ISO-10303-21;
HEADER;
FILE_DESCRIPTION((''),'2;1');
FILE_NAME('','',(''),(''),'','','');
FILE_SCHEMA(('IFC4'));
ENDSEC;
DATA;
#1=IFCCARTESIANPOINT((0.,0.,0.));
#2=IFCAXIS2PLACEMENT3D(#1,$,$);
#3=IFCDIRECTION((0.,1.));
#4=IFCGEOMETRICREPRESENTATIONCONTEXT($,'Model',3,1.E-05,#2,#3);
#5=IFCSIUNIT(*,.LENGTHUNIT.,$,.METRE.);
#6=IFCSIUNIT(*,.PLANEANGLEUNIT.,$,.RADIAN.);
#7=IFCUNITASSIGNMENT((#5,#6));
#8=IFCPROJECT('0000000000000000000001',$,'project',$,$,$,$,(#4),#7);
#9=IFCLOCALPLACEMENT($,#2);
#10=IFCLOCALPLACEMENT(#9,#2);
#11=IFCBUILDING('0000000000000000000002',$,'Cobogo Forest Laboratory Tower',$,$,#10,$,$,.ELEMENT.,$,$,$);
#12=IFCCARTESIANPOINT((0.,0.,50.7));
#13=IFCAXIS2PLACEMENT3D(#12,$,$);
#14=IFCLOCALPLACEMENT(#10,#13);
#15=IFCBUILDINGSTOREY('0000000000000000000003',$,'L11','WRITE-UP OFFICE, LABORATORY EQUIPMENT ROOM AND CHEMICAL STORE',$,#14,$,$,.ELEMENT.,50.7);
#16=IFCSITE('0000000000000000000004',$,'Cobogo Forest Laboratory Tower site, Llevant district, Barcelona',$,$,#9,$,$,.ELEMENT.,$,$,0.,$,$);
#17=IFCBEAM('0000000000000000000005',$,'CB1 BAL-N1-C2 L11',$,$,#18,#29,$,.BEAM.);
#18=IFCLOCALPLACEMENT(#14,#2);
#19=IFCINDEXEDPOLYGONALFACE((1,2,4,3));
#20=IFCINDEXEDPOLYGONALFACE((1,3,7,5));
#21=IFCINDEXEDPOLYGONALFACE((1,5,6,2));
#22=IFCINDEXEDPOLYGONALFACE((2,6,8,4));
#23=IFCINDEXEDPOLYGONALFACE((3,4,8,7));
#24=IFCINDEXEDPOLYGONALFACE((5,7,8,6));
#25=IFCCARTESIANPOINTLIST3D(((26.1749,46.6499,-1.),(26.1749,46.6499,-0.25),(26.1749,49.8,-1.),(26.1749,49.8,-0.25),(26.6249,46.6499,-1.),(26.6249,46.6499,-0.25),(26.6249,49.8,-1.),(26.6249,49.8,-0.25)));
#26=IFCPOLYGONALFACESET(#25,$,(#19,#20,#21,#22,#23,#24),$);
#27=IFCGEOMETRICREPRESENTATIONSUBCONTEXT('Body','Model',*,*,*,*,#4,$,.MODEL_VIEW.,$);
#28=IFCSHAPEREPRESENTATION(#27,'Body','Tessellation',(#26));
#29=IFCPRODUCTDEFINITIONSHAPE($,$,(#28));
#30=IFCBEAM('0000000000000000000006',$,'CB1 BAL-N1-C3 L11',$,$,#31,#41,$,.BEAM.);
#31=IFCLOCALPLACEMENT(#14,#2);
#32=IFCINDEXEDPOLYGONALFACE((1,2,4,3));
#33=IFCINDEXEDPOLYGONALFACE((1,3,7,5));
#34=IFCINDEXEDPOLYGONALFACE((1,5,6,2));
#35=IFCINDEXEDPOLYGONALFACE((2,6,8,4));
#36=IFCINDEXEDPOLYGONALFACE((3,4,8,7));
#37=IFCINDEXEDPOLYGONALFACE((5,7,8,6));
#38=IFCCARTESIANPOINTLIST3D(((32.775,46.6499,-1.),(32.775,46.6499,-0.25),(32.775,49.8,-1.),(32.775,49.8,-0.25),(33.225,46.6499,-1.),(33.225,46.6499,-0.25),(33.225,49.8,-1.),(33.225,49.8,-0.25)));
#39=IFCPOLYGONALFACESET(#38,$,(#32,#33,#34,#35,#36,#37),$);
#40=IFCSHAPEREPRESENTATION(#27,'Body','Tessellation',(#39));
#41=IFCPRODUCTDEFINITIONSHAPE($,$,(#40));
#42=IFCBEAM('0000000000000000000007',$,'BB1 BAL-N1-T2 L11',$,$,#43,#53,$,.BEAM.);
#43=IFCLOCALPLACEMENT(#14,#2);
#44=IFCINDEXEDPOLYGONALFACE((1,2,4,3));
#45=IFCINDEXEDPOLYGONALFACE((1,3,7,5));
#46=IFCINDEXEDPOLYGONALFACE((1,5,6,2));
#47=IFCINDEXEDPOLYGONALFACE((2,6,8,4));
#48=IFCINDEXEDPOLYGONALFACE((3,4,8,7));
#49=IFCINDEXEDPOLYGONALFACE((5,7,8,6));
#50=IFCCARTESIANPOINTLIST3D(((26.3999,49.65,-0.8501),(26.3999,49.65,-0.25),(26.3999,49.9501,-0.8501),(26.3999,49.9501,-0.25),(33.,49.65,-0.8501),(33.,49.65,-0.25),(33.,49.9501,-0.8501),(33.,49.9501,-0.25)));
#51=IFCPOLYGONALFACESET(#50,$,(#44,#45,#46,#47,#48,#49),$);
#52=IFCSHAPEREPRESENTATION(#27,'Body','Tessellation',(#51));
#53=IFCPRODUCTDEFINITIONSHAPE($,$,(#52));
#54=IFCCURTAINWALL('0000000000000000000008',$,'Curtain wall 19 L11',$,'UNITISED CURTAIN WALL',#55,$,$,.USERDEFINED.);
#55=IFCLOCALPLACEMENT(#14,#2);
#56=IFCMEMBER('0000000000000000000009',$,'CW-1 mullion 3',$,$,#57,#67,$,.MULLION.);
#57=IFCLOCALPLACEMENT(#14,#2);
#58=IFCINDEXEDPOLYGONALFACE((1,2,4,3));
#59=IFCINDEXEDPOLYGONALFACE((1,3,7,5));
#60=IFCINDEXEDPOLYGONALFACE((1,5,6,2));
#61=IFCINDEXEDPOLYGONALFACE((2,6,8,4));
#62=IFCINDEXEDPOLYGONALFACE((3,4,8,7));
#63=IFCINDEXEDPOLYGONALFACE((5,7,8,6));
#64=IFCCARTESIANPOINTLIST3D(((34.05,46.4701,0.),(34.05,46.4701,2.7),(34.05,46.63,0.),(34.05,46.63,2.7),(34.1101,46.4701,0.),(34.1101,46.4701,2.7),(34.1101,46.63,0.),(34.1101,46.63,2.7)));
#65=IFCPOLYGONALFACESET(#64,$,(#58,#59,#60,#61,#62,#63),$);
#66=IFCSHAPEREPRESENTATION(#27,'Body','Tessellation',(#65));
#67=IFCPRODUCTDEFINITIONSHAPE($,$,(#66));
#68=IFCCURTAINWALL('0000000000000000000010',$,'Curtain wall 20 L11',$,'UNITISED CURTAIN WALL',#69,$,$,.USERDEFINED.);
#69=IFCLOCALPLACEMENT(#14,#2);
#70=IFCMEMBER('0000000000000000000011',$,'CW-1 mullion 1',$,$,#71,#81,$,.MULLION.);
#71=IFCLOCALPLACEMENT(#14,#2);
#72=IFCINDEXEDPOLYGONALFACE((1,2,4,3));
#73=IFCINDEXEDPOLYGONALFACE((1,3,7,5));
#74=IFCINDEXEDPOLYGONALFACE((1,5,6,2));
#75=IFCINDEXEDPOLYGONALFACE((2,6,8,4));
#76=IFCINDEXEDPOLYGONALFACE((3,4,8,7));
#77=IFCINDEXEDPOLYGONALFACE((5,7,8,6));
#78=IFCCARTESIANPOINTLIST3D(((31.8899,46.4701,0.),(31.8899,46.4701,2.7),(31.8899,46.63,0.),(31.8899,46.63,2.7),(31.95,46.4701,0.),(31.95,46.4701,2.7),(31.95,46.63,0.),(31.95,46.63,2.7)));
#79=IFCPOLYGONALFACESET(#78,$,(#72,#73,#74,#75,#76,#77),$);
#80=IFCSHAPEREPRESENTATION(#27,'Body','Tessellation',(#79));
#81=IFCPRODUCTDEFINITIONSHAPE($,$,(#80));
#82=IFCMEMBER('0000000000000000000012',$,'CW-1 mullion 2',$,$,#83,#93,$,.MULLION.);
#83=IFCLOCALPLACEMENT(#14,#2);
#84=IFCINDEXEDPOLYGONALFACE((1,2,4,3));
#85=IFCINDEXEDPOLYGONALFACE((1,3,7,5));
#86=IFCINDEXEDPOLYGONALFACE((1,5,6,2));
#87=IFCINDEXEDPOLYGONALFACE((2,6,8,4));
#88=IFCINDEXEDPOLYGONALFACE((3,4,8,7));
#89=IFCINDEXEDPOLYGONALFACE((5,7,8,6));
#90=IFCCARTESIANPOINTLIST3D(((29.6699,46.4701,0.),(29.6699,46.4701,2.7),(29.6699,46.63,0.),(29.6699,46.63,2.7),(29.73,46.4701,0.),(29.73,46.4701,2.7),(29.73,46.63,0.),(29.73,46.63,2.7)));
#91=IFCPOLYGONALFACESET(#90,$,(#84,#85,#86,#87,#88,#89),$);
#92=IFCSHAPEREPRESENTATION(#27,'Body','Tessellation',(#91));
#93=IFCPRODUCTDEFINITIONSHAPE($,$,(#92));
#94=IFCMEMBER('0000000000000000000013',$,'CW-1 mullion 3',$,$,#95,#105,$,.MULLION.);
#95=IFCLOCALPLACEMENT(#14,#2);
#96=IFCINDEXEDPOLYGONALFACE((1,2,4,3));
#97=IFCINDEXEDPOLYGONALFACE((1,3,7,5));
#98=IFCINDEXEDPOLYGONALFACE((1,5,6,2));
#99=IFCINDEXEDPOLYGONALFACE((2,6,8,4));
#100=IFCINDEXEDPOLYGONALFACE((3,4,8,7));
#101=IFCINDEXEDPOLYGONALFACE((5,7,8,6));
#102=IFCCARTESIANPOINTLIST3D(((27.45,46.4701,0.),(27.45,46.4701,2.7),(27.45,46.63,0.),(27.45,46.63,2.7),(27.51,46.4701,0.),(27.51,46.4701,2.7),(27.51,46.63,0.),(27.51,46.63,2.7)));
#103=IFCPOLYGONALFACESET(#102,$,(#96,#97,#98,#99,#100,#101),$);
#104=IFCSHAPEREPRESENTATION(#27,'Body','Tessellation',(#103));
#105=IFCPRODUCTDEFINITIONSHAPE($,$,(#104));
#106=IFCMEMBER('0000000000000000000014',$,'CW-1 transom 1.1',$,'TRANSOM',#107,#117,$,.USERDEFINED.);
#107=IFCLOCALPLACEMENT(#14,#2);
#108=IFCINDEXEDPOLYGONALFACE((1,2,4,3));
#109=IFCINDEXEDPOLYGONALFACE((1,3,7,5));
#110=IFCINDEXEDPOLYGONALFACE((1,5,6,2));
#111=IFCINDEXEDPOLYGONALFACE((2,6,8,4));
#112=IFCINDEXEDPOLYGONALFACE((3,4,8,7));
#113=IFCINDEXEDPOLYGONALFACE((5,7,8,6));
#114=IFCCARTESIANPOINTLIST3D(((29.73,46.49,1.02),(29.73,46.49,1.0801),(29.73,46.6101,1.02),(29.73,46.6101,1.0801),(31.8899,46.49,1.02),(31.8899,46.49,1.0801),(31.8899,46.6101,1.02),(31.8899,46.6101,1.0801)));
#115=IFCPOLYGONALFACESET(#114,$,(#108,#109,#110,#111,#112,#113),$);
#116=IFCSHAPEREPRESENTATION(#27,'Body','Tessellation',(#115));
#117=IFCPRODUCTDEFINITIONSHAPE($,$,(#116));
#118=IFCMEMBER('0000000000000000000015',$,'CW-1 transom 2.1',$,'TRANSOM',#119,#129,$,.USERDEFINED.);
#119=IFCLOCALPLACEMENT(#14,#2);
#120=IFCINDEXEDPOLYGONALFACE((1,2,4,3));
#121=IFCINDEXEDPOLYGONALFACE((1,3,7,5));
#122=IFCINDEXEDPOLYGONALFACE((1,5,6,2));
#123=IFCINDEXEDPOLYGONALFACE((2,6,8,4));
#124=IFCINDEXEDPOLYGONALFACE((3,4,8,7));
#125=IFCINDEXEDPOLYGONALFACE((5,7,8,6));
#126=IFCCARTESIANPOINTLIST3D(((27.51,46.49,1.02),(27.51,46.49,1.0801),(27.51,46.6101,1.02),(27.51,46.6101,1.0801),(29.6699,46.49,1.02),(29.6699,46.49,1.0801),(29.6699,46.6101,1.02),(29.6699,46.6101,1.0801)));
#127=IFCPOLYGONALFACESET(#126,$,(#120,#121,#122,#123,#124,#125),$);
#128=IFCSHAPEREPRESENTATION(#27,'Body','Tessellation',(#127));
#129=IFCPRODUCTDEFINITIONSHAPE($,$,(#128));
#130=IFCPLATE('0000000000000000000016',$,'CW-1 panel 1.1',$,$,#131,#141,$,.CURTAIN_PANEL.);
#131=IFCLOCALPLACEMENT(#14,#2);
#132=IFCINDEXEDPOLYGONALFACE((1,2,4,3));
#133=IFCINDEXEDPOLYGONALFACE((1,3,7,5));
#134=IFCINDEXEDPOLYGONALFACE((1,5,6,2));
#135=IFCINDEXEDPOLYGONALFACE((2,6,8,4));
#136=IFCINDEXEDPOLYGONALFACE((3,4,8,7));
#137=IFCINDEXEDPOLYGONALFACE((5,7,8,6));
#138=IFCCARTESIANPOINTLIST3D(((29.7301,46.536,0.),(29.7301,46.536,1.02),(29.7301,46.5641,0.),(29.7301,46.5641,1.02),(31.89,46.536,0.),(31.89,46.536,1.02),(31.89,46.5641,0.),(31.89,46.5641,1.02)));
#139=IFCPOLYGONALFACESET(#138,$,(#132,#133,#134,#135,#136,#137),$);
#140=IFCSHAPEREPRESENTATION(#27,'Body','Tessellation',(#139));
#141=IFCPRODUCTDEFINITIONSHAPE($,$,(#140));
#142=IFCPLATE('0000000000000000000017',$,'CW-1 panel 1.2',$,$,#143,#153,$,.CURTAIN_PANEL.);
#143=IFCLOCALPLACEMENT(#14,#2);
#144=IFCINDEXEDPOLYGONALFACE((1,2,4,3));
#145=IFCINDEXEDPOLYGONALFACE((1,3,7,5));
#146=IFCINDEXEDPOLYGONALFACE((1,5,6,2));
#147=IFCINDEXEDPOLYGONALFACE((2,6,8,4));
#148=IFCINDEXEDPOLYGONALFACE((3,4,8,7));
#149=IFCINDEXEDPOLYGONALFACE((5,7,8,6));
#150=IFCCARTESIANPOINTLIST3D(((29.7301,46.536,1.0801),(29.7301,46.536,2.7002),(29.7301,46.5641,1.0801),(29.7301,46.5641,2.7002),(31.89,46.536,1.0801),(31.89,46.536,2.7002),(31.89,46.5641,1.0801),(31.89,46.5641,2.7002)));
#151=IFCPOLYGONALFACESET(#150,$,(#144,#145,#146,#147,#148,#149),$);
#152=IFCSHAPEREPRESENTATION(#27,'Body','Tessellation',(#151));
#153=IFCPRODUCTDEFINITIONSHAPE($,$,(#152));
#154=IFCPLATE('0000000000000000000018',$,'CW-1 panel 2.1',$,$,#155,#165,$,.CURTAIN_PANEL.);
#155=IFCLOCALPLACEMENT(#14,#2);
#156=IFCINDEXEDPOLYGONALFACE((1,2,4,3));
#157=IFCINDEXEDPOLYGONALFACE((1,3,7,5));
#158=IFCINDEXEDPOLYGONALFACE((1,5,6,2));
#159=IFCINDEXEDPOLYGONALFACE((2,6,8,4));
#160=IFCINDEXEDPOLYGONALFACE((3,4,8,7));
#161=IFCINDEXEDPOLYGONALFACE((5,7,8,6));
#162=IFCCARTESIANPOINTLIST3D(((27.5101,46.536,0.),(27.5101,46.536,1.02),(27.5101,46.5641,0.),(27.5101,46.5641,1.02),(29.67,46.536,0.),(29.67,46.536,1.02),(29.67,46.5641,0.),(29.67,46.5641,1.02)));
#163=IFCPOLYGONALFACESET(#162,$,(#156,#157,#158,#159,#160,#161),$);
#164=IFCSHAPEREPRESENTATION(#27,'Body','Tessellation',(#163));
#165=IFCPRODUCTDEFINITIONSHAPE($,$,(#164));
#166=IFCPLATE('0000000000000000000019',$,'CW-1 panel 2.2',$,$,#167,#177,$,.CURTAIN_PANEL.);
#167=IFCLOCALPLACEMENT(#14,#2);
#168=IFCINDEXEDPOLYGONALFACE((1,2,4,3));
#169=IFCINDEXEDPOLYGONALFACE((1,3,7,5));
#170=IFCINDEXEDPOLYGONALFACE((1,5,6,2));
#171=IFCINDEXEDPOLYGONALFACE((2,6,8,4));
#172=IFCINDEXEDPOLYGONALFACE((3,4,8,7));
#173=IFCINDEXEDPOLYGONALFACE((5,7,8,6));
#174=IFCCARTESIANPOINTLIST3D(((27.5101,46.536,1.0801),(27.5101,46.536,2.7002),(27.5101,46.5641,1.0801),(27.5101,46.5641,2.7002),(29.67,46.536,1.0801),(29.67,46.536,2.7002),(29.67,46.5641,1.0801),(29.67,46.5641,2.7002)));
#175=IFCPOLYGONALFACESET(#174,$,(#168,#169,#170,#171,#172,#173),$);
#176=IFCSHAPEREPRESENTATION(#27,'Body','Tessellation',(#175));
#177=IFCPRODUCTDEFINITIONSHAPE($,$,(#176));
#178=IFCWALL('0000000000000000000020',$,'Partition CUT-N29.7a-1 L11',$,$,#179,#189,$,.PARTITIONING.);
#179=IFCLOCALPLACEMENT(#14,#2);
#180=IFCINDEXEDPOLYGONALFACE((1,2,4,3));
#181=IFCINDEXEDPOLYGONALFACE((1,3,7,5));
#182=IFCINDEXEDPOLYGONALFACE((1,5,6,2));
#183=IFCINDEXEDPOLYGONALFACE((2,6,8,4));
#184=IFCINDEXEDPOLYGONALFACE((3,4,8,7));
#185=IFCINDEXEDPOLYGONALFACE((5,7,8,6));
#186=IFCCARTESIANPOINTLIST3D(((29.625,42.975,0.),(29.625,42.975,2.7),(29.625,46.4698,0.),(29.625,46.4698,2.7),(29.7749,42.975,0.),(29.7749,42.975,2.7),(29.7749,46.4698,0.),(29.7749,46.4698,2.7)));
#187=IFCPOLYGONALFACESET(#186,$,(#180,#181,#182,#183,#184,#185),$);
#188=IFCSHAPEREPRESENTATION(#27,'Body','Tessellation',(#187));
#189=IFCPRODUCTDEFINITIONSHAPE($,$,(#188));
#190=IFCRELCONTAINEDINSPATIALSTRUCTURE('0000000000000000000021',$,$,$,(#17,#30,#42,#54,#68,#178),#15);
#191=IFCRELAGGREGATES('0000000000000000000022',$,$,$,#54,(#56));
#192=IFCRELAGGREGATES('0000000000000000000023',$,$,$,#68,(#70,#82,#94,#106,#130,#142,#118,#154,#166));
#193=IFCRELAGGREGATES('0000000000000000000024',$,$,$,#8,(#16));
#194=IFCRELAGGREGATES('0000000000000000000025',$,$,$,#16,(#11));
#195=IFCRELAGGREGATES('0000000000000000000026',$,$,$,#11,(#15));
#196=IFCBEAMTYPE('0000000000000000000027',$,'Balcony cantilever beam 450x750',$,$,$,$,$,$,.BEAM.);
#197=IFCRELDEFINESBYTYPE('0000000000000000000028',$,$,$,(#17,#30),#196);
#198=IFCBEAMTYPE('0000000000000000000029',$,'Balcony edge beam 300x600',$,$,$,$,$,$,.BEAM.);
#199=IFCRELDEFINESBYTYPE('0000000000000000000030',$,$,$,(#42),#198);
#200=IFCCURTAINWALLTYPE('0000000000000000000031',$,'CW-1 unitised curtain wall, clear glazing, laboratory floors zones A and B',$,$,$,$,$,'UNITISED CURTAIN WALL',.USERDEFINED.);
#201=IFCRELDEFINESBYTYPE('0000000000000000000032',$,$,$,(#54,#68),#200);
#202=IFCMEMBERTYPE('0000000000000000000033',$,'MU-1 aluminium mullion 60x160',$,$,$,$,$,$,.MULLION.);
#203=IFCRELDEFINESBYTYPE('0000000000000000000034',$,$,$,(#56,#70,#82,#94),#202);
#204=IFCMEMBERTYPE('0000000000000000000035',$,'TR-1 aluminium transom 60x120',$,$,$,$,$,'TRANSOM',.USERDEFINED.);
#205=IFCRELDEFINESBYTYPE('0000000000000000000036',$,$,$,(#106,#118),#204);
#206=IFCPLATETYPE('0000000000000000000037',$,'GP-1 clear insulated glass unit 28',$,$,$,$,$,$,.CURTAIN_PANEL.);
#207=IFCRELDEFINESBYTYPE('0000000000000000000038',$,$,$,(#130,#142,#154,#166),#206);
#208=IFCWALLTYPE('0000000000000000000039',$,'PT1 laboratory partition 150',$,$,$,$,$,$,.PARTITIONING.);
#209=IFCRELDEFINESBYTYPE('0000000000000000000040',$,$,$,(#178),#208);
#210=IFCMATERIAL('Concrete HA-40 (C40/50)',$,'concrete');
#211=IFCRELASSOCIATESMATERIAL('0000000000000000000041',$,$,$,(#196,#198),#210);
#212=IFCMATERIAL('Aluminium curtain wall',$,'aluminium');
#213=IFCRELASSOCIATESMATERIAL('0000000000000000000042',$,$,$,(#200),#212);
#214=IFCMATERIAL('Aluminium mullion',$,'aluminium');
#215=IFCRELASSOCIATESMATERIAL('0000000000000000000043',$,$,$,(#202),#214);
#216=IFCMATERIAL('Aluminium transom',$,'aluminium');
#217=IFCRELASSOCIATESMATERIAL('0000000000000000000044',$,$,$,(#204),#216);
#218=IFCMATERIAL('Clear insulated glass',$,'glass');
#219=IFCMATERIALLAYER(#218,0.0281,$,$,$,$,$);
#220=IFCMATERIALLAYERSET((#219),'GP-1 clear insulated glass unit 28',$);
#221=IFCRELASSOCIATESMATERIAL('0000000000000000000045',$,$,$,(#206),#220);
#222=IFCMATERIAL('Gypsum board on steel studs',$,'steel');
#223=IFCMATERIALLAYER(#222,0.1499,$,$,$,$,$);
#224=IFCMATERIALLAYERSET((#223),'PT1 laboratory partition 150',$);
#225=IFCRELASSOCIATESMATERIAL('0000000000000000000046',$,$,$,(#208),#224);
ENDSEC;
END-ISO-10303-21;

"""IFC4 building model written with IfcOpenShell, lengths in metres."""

from ifc_helpers import new_model, si_unit, direction, frame, frame_2d, origin, origin_2d, place, context, subcontext, project, spatial, rectangle, extrude, material, layer, layer_set, material_profile, profile_set, type_object, element, aggregate, save


model = new_model("IFC4")

# Units and contexts
model_context = context("Model", 3, precision=1e-05, world=origin(), true_north=direction((0.0, 1.0)))
body_context = subcontext(model_context, "Body", "Model", "MODEL_VIEW")
ifc_project = project(units=[si_unit("LENGTHUNIT", "METRE"), si_unit("PLANEANGLEUNIT", "RADIAN")], contexts=[model_context])

# Site, building, storey
site_placement = place(None, origin())
site = spatial("IfcSite", under=ifc_project, at=site_placement, Name="Cobogo Forest Laboratory Tower site, Llevant district, Barcelona", CompositionType="ELEMENT", RefElevation=0.0)
building_placement = place(site_placement, origin())
building = spatial("IfcBuilding", under=site, at=building_placement, Name="Cobogo Forest Laboratory Tower", CompositionType="ELEMENT")
storey_placement = place(building_placement, frame((0.0, 0.0, 50.7)))
storey = spatial("IfcBuildingStorey", under=building, at=storey_placement, Name="L11", Description="WRITE-UP OFFICE, LABORATORY EQUIPMENT ROOM AND CHEMICAL STORE", CompositionType="ELEMENT", Elevation=50.7)

# Beams
ifc_material_1 = material(Name="Concrete HA-40 (C40/50)", Category="concrete")
ifc_material_profile_1 = material_profile(ifc_material_1, rectangle(XDim=0.45, YDim=0.75, at=origin_2d()), Name="RC 450x750")
ifc_profile_set_1 = profile_set([ifc_material_profile_1], Name="Concrete HA-40 (C40/50)")
beam_type_1 = type_object("IfcBeamType", Name="Balcony cantilever beam 450x750", PredefinedType="BEAM", material=ifc_profile_set_1)
for number, where, z_axis, x_axis, name in (
    (1, (26.3999, 46.6499, -0.625), (0.0, 1.0, 0.0), (-1.0, 0.0, 0.0), "CB1 BAL-N1-C2 L11"),
    (2, (33.0, 46.6499, -0.625), (0.0, 1.0, 0.0), (-1.0, 0.0, 0.0), "CB1 BAL-N1-C3 L11"),
):
    element("IfcBeam", number, at=place(storey_placement, frame(where, z_axis=z_axis, x_axis=x_axis)), inside=storey, type_object=beam_type_1, Name=name, PredefinedType="BEAM", context=body_context, shape_type="SweptSolid", body=[
        extrude(rectangle(XDim=0.45, YDim=0.75, at=origin_2d()), origin(), (0.0, 0.0, 1.0), 3.1501),
    ])
ifc_material_profile_2 = material_profile(ifc_material_1, rectangle(XDim=0.3, YDim=0.6001, at=origin_2d()), Name="RC 300x600")
ifc_profile_set_2 = profile_set([ifc_material_profile_2], Name="Concrete HA-40 (C40/50)")
beam_type_2 = type_object("IfcBeamType", Name="Balcony edge beam 300x600", PredefinedType="BEAM", material=ifc_profile_set_2)
beam_placement = place(storey_placement, frame((26.3999, 49.8, -0.55), z_axis=(1.0, 0.0, 0.0), x_axis=(0.0, 1.0, 0.0)))
element("IfcBeam", 3, at=beam_placement, inside=storey, type_object=beam_type_2, Name="BB1 BAL-N1-T2 L11", PredefinedType="BEAM", context=body_context, shape_type="SweptSolid", body=[
    extrude(rectangle(XDim=0.3, YDim=0.6001, at=origin_2d()), origin(), (0.0, 0.0, 1.0), 6.6001),
])

# Curtain wall, member
ifc_material_2 = material(Name="Aluminium curtain wall", Category="aluminium")
curtain_wall_type = type_object("IfcCurtainWallType", Name="CW-1 unitised curtain wall, clear glazing, laboratory floors zones A and B", ElementType="UNITISED CURTAIN WALL", PredefinedType="USERDEFINED", material=ifc_material_2)
curtain_wall_1_placement = place(storey_placement, origin())
curtain_wall_1 = element("IfcCurtainWall", 4, at=curtain_wall_1_placement, inside=storey, type_object=curtain_wall_type, Name="Curtain wall 19 L11", ObjectType="UNITISED CURTAIN WALL", PredefinedType="USERDEFINED")
ifc_material_3 = material(Name="Aluminium mullion", Category="aluminium")
ifc_material_profile_3 = material_profile(ifc_material_3, rectangle(XDim=0.0601, YDim=0.1599, at=origin_2d()), Name="AL 60x160")
ifc_profile_set_3 = profile_set([ifc_material_profile_3], Name="Aluminium mullion")
member_type_1 = type_object("IfcMemberType", Name="MU-1 aluminium mullion 60x160", PredefinedType="MULLION", material=ifc_profile_set_3)
member_1_placement = place(storey_placement, frame((34.0801, 46.55, 0.0), z_axis=(0.0, 0.0, 1.0), x_axis=(-1.0, 0.0, 0.0)))
member_1 = element("IfcMember", 5, at=member_1_placement, type_object=member_type_1, Name="CW-1 mullion 3", PredefinedType="MULLION", context=body_context, shape_type="SweptSolid", body=[
    extrude(rectangle(XDim=0.0601, YDim=0.1599, at=origin_2d()), origin(), (0.0, 0.0, 1.0), 2.7),
])
aggregate(curtain_wall_1, [member_1])

# Curtain wall, members, plates
curtain_wall_2_placement = place(storey_placement, origin())
curtain_wall_2 = element("IfcCurtainWall", 6, at=curtain_wall_2_placement, inside=storey, type_object=curtain_wall_type, Name="Curtain wall 20 L11", ObjectType="UNITISED CURTAIN WALL", PredefinedType="USERDEFINED")
member_2_placement = place(storey_placement, frame((31.9199, 46.55, 0.0), z_axis=(0.0, 0.0, 1.0), x_axis=(-1.0, 0.0, 0.0)))
member_2 = element("IfcMember", 7, at=member_2_placement, type_object=member_type_1, Name="CW-1 mullion 1", PredefinedType="MULLION", context=body_context, shape_type="SweptSolid", body=[
    extrude(rectangle(XDim=0.0601, YDim=0.1599, at=origin_2d()), origin(), (0.0, 0.0, 1.0), 2.7),
])
member_3_placement = place(storey_placement, frame((29.7, 46.55, 0.0), z_axis=(0.0, 0.0, 1.0), x_axis=(-1.0, 0.0, 0.0)))
member_3 = element("IfcMember", 8, at=member_3_placement, type_object=member_type_1, Name="CW-1 mullion 2", PredefinedType="MULLION", context=body_context, shape_type="SweptSolid", body=[
    extrude(rectangle(XDim=0.0601, YDim=0.1599, at=origin_2d()), origin(), (0.0, 0.0, 1.0), 2.7),
])
member_4_placement = place(storey_placement, frame((27.48, 46.55, 0.0), z_axis=(0.0, 0.0, 1.0), x_axis=(-1.0, 0.0, 0.0)))
member_4 = element("IfcMember", 9, at=member_4_placement, type_object=member_type_1, Name="CW-1 mullion 3", PredefinedType="MULLION", context=body_context, shape_type="SweptSolid", body=[
    extrude(rectangle(XDim=0.0601, YDim=0.1599, at=origin_2d()), origin(), (0.0, 0.0, 1.0), 2.7),
])
ifc_material_4 = material(Name="Aluminium transom", Category="aluminium")
ifc_material_profile_4 = material_profile(ifc_material_4, rectangle(XDim=0.1201, YDim=0.0601, at=origin_2d()), Name="AL 60x120")
ifc_profile_set_4 = profile_set([ifc_material_profile_4], Name="Aluminium transom")
member_type_2 = type_object("IfcMemberType", Name="TR-1 aluminium transom 60x120", ElementType="TRANSOM", PredefinedType="USERDEFINED", material=ifc_profile_set_4)
member_5_placement = place(storey_placement, frame((31.8899, 46.55, 1.05), z_axis=(-1.0, 0.0, 0.0), x_axis=(0.0, -1.0, 0.0)))
member_5 = element("IfcMember", 10, at=member_5_placement, type_object=member_type_2, Name="CW-1 transom 1.1", ObjectType="TRANSOM", PredefinedType="USERDEFINED", context=body_context, shape_type="SweptSolid", body=[
    extrude(rectangle(XDim=0.1201, YDim=0.0601, at=origin_2d()), origin(), (0.0, 0.0, 1.0), 2.1599),
])
member_6_placement = place(storey_placement, frame((29.6699, 46.55, 1.05), z_axis=(-1.0, 0.0, 0.0), x_axis=(0.0, -1.0, 0.0)))
member_6 = element("IfcMember", 11, at=member_6_placement, type_object=member_type_2, Name="CW-1 transom 2.1", ObjectType="TRANSOM", PredefinedType="USERDEFINED", context=body_context, shape_type="SweptSolid", body=[
    extrude(rectangle(XDim=0.1201, YDim=0.0601, at=origin_2d()), origin(), (0.0, 0.0, 1.0), 2.1599),
])
ifc_material_5 = material(Name="Clear insulated glass", Category="glass")
ifc_layer_1 = layer(ifc_material_5, 0.0281)
ifc_layer_set_1 = layer_set([ifc_layer_1], Name="GP-1 clear insulated glass unit 28")
plate_type = type_object("IfcPlateType", Name="GP-1 clear insulated glass unit 28", PredefinedType="CURTAIN_PANEL", material=ifc_layer_set_1)
plate_1_placement = place(storey_placement, frame((30.8101, 46.55, 0.0), z_axis=(0.0, 0.0, 1.0), x_axis=(-1.0, 0.0, 0.0)))
plate_1 = element("IfcPlate", 12, at=plate_1_placement, type_object=plate_type, Name="CW-1 panel 1.1", PredefinedType="CURTAIN_PANEL", context=body_context, shape_type="SweptSolid", body=[
    extrude(rectangle(XDim=2.1599, YDim=0.0281, at=origin_2d()), origin(), (0.0, 0.0, 1.0), 1.02),
])
plate_2_placement = place(storey_placement, frame((30.8101, 46.55, 1.0801), z_axis=(0.0, 0.0, 1.0), x_axis=(-1.0, 0.0, 0.0)))
plate_2 = element("IfcPlate", 13, at=plate_2_placement, type_object=plate_type, Name="CW-1 panel 1.2", PredefinedType="CURTAIN_PANEL", context=body_context, shape_type="SweptSolid", body=[
    extrude(rectangle(XDim=2.1599, YDim=0.0281, at=origin_2d()), origin(), (0.0, 0.0, 1.0), 1.6201),
])
plate_3_placement = place(storey_placement, frame((28.5901, 46.55, 0.0), z_axis=(0.0, 0.0, 1.0), x_axis=(-1.0, 0.0, 0.0)))
plate_3 = element("IfcPlate", 14, at=plate_3_placement, type_object=plate_type, Name="CW-1 panel 2.1", PredefinedType="CURTAIN_PANEL", context=body_context, shape_type="SweptSolid", body=[
    extrude(rectangle(XDim=2.1599, YDim=0.0281, at=origin_2d()), origin(), (0.0, 0.0, 1.0), 1.02),
])
plate_4_placement = place(storey_placement, frame((28.5901, 46.55, 1.0801), z_axis=(0.0, 0.0, 1.0), x_axis=(-1.0, 0.0, 0.0)))
plate_4 = element("IfcPlate", 15, at=plate_4_placement, type_object=plate_type, Name="CW-1 panel 2.2", PredefinedType="CURTAIN_PANEL", context=body_context, shape_type="SweptSolid", body=[
    extrude(rectangle(XDim=2.1599, YDim=0.0281, at=origin_2d()), origin(), (0.0, 0.0, 1.0), 1.6201),
])
aggregate(curtain_wall_2, [member_2, member_3, member_4, member_5, plate_1, plate_2, member_6, plate_3, plate_4])

# Wall
ifc_material_6 = material(Name="Gypsum board on steel studs", Category="steel")
ifc_layer_2 = layer(ifc_material_6, 0.1499)
ifc_layer_set_2 = layer_set([ifc_layer_2], Name="PT1 laboratory partition 150")
wall_type_1 = type_object("IfcWallType", Name="PT1 laboratory partition 150", PredefinedType="PARTITIONING", material=ifc_layer_set_2)
wall_1_placement = place(storey_placement, frame((29.7, 46.47, 0.0), z_axis=(0.0, 0.0, 1.0), x_axis=(0.0, -1.0, 0.0)))
element("IfcWall", 16, at=wall_1_placement, inside=storey, type_object=wall_type_1, Name="Partition CUT-N29.7a-1 L11", PredefinedType="PARTITIONING", context=body_context, shape_type="SweptSolid", body=[
    extrude(rectangle(XDim=3.4949, YDim=0.1499, at=frame_2d((1.7476, 0.0))), origin(), (0.0, 0.0, 1.0), 2.7),
])

save(model, "model.ifc")
